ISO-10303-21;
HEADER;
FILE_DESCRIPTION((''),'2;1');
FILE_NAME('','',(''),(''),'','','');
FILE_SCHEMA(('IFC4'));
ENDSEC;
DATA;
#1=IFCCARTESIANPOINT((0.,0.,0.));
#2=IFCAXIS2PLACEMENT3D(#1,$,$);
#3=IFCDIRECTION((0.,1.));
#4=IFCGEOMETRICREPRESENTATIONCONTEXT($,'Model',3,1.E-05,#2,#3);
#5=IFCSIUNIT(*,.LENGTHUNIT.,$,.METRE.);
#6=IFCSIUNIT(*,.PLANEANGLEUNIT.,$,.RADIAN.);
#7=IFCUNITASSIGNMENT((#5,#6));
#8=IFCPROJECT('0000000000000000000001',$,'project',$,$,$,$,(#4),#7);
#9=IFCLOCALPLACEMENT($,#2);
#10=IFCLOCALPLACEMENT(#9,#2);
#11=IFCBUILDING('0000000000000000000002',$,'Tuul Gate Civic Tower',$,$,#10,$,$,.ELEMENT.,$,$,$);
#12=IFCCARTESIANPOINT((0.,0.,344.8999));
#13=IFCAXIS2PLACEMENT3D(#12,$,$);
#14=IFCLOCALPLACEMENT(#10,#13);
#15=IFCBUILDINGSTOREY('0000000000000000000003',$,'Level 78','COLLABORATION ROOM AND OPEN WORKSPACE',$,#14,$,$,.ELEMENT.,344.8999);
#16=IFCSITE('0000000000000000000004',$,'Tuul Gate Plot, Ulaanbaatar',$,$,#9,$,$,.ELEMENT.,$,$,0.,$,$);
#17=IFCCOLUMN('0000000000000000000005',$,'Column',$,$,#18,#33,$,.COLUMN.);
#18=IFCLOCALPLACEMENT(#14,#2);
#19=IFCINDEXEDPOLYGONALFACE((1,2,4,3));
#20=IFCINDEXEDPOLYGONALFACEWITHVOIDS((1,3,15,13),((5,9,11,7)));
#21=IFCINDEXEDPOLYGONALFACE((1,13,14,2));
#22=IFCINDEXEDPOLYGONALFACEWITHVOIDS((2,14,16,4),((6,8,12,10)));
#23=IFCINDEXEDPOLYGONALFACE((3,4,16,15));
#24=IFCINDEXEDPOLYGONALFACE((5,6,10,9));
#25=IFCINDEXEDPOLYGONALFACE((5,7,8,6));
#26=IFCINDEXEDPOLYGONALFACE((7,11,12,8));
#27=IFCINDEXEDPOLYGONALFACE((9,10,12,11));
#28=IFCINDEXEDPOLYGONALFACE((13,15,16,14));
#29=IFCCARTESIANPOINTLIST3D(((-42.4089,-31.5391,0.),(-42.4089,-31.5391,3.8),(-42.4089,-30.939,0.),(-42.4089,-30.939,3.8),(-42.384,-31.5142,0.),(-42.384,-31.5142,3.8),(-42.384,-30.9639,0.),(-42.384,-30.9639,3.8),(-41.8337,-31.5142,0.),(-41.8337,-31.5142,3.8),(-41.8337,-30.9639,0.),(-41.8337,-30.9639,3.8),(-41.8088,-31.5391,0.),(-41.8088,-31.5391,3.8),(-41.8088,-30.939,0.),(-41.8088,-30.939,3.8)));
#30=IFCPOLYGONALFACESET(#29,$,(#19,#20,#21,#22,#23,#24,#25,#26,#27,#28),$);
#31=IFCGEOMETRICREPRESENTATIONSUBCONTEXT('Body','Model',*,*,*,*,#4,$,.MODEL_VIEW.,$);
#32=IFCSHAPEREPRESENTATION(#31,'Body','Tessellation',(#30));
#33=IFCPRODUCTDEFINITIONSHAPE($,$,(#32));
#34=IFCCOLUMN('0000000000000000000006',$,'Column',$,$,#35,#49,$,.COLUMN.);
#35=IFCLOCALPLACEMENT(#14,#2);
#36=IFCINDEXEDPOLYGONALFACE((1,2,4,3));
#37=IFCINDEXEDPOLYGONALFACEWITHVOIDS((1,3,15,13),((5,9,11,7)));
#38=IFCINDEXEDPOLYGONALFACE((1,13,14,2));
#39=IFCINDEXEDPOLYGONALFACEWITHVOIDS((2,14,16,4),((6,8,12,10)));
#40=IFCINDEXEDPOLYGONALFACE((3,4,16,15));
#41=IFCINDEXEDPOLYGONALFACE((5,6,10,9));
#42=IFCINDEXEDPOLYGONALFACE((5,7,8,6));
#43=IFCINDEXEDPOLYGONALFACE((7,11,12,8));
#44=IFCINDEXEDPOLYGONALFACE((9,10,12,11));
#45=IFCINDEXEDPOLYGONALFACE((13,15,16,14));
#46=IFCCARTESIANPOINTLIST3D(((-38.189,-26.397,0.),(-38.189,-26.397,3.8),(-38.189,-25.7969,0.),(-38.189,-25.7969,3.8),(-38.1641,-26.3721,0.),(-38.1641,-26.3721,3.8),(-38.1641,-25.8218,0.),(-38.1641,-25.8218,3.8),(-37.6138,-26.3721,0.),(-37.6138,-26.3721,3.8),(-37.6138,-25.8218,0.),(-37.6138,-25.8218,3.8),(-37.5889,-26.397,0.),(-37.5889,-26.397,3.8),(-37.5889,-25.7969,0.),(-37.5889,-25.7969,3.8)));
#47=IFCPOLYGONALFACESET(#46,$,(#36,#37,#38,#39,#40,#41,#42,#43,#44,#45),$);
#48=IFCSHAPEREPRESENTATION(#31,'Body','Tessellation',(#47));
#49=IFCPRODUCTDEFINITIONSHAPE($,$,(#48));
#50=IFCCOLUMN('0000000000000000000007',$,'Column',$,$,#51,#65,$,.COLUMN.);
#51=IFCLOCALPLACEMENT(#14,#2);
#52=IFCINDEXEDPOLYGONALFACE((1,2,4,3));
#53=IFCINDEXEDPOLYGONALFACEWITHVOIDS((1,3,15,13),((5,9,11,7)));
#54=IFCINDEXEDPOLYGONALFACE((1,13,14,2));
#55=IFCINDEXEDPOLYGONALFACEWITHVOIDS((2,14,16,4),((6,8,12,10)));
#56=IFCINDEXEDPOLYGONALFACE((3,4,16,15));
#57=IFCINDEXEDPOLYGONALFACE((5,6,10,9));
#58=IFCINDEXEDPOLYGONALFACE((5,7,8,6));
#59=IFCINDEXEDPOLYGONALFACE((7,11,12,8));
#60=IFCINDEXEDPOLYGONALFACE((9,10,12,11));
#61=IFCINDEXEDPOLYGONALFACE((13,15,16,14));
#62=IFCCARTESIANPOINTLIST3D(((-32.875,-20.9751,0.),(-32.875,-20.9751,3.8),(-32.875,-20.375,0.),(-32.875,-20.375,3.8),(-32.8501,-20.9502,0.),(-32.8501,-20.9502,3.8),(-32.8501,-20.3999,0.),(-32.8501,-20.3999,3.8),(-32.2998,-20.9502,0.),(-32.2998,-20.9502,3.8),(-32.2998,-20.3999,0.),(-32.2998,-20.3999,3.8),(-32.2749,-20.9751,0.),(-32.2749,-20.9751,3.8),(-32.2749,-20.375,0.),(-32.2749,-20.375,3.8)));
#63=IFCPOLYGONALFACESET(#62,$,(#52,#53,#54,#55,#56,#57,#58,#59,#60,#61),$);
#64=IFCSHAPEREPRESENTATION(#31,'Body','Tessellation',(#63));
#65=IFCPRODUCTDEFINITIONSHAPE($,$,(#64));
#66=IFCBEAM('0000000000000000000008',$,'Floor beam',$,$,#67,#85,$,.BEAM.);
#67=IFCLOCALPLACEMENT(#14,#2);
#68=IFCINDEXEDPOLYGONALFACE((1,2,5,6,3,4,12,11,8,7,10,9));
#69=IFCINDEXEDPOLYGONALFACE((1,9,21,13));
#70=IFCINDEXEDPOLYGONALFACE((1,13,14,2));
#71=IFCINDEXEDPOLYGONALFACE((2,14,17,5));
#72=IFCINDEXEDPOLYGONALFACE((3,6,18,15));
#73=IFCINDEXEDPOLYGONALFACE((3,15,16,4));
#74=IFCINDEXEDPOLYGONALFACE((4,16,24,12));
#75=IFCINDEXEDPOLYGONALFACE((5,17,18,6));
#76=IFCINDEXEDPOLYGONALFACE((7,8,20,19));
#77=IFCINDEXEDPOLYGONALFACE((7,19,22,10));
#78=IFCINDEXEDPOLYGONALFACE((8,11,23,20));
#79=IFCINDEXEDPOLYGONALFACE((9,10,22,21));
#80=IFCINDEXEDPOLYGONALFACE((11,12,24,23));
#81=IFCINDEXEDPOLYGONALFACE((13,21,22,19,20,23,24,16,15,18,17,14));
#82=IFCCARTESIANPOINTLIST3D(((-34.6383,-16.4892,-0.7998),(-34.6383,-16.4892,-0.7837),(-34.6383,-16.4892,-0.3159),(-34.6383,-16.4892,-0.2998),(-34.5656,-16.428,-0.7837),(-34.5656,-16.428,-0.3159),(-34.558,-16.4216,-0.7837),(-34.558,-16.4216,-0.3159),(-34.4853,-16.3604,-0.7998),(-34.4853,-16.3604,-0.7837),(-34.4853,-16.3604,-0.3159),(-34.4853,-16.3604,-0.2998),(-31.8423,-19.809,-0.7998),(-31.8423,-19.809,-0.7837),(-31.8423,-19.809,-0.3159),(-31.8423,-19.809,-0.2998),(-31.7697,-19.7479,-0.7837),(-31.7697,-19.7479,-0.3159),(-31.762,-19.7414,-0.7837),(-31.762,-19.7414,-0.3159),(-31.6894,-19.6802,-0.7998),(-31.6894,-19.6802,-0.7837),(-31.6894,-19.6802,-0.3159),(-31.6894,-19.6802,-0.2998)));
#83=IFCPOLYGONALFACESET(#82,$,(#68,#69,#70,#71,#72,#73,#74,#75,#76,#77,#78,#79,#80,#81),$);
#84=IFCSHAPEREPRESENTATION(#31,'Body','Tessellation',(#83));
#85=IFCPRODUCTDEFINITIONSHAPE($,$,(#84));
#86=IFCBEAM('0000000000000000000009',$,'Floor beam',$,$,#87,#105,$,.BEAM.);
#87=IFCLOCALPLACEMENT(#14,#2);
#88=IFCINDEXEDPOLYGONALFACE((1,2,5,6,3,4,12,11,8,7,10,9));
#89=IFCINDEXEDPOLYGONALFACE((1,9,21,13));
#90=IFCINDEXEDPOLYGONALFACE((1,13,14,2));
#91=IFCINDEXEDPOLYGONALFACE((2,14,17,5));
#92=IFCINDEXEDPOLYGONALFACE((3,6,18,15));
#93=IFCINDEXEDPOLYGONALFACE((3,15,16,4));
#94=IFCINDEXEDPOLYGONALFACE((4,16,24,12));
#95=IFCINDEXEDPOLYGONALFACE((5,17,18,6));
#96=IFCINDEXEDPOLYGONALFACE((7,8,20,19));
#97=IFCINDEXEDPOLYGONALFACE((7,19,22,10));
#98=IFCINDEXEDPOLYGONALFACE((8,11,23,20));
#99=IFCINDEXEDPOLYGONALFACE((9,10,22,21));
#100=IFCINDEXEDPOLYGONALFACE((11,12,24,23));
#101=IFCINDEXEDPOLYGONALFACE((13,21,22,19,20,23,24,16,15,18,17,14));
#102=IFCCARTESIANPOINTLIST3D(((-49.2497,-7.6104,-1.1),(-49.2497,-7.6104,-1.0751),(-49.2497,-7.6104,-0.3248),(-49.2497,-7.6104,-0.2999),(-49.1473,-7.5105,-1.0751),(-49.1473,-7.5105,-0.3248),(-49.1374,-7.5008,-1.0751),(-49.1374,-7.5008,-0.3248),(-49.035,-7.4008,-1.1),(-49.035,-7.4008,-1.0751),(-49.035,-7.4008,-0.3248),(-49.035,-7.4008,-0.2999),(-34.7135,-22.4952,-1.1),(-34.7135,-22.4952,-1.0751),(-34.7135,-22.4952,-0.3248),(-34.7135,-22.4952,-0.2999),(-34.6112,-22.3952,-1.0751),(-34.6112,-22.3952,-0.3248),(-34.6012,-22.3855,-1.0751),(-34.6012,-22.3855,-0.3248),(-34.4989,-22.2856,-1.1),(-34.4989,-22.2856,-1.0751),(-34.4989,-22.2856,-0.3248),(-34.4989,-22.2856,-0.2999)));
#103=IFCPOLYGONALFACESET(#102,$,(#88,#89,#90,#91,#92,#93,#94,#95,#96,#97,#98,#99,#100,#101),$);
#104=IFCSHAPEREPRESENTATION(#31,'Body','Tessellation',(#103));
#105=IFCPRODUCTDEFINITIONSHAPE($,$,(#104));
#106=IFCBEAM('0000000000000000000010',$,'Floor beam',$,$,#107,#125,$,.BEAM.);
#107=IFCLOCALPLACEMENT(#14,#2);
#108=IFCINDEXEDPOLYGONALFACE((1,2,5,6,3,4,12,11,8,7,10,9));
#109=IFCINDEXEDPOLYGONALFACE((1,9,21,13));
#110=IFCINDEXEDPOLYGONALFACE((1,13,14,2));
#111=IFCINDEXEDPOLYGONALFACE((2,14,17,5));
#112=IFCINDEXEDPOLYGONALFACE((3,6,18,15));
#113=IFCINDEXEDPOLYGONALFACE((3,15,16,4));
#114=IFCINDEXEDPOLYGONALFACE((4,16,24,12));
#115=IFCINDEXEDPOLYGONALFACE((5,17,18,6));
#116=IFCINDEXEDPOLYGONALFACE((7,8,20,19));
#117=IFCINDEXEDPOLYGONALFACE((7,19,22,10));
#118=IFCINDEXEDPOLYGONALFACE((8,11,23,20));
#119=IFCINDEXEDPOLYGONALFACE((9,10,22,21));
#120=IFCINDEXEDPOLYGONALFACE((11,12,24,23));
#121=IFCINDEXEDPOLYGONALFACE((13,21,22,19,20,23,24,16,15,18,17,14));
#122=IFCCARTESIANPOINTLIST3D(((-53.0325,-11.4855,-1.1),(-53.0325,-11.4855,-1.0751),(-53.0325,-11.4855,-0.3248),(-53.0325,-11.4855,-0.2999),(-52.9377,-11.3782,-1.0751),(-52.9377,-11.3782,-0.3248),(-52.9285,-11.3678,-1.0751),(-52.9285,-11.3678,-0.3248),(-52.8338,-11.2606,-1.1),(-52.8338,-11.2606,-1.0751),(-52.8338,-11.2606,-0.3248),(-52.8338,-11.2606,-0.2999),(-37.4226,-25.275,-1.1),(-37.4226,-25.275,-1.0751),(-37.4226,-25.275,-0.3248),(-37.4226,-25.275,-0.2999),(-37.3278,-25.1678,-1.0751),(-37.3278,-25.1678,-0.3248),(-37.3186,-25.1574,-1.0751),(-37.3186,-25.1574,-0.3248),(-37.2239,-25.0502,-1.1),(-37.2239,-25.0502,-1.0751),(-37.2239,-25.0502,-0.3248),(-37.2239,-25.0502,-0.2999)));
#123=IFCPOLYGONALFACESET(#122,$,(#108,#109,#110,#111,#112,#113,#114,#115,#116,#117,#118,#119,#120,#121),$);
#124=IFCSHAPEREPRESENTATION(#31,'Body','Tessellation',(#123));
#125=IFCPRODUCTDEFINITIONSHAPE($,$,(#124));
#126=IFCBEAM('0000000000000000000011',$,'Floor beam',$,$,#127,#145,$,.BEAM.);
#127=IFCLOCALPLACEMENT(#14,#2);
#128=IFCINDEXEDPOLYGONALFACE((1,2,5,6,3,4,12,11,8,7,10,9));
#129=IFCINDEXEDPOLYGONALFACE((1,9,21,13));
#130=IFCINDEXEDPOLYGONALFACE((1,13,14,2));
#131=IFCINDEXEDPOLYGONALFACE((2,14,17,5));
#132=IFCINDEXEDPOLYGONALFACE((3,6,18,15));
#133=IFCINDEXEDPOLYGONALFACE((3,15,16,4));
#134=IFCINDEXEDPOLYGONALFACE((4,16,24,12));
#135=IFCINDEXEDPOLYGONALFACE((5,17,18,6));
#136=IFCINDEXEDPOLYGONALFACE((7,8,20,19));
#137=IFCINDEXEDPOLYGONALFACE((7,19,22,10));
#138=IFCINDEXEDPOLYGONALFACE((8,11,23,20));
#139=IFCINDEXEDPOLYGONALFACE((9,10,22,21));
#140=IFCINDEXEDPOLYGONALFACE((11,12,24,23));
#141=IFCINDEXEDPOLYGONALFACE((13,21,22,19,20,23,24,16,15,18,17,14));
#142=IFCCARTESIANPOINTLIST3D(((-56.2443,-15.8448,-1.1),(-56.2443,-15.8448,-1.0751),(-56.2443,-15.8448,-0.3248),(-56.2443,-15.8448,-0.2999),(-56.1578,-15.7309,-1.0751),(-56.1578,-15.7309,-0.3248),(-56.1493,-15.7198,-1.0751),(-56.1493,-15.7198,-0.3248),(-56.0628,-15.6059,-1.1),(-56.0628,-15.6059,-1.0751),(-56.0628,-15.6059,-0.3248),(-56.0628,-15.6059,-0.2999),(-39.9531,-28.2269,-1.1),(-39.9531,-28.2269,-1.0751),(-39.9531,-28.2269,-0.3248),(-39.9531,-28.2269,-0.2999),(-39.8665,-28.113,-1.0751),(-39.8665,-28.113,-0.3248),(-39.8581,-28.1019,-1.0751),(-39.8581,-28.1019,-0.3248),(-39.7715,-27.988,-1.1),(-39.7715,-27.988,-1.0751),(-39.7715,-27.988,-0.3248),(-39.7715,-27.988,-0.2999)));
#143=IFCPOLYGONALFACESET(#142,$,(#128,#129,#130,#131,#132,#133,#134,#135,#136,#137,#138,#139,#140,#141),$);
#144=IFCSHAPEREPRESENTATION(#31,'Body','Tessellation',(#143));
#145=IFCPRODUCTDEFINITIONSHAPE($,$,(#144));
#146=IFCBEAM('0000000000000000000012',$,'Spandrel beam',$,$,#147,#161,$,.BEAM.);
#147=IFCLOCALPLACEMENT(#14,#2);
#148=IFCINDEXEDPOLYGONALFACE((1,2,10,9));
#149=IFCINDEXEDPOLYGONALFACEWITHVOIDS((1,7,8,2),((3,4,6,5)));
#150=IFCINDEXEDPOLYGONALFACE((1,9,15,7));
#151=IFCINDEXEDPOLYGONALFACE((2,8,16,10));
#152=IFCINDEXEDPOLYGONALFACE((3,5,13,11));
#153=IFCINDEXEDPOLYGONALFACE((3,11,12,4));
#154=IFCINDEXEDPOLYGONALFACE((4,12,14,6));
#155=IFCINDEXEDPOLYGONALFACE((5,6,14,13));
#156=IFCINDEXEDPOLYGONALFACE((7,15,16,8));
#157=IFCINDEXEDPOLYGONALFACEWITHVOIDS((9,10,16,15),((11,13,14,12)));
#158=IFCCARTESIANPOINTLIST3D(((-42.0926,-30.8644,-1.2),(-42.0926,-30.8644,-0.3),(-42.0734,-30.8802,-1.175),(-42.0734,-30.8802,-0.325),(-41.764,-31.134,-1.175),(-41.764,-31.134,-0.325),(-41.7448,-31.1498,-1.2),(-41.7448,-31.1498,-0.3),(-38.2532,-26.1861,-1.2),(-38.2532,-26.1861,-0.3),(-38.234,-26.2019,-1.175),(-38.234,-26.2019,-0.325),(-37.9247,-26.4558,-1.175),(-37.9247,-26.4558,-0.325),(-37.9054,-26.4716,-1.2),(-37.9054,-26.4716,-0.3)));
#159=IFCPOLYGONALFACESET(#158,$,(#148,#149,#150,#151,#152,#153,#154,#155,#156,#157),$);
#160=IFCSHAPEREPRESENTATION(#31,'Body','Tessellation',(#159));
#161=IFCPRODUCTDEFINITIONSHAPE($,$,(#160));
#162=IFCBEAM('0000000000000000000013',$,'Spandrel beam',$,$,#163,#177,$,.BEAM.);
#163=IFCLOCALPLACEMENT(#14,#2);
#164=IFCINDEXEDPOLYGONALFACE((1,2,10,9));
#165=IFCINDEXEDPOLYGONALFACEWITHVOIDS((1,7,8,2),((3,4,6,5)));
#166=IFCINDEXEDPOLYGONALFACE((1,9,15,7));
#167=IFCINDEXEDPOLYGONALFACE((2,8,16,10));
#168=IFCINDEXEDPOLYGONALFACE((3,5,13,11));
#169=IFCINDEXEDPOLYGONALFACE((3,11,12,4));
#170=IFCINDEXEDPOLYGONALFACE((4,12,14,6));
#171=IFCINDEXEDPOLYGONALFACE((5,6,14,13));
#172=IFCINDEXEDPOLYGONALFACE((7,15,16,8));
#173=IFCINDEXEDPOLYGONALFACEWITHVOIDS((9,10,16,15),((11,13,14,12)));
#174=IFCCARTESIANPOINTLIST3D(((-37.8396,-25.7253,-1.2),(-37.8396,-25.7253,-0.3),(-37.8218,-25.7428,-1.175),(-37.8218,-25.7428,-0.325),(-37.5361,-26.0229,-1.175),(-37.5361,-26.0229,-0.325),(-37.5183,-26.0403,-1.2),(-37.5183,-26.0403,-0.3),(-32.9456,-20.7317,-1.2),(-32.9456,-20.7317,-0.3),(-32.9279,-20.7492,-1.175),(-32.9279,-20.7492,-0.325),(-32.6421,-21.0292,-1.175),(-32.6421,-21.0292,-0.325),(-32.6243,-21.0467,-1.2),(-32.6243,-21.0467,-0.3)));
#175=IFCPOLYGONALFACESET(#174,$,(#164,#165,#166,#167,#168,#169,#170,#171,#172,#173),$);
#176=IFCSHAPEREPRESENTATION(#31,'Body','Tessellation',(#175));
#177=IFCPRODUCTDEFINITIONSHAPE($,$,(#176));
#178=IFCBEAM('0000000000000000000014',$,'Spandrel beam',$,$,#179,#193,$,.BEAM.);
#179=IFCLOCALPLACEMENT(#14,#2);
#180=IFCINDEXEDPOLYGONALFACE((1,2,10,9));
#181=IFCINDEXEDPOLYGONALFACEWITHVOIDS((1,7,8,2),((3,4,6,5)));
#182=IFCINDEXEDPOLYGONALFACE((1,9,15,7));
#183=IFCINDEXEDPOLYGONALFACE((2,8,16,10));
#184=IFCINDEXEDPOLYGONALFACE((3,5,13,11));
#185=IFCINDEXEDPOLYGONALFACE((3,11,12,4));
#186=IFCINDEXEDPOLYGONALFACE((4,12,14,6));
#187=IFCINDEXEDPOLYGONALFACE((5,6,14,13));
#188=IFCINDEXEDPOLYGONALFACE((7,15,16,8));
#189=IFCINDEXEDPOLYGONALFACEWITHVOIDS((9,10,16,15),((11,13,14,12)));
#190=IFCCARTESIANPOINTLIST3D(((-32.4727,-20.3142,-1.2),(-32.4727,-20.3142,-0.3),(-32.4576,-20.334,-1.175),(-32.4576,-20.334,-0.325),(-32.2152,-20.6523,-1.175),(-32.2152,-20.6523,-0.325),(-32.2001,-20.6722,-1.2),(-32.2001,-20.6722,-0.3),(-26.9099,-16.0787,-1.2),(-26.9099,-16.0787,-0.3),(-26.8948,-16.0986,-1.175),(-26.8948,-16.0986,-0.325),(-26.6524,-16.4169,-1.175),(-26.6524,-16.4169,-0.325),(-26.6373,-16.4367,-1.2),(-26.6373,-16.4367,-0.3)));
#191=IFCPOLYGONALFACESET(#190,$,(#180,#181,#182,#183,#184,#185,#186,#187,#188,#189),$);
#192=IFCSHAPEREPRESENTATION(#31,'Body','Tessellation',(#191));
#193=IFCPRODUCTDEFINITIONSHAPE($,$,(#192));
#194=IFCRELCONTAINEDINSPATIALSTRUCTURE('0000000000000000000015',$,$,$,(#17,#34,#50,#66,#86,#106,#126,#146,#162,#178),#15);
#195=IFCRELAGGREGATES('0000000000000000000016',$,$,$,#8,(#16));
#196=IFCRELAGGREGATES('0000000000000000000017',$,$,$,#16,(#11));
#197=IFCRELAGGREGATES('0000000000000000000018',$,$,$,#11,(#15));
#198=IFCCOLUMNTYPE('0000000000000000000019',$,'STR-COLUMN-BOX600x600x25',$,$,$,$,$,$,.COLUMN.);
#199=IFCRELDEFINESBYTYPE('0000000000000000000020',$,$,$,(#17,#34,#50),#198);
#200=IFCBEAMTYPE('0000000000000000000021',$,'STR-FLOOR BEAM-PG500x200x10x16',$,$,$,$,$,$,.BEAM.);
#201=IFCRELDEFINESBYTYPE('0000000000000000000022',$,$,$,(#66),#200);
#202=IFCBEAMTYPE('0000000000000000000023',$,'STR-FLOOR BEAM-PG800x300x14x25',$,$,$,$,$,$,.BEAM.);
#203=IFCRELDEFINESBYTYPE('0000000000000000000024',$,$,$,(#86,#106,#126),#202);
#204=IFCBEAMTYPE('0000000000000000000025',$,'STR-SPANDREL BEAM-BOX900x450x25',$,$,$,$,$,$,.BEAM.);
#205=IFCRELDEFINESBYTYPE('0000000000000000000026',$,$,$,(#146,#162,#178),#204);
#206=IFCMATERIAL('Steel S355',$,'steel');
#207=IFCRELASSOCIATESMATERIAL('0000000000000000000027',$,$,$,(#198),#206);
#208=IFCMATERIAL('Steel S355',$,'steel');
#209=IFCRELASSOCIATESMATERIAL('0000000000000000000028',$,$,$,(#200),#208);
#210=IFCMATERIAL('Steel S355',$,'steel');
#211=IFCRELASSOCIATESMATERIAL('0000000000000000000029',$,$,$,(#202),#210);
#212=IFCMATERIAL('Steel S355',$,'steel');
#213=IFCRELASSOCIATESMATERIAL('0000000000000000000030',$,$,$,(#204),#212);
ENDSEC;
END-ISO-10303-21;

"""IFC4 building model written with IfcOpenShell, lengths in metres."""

from ifc_helpers import new_model, si_unit, direction, frame, origin, origin_2d, place, context, subcontext, project, spatial, hollow_rectangle, i_section, extrude, material, material_profile, profile_set, type_object, element, save


model = new_model("IFC4")

# Units and contexts
model_context = context("Model", 3, precision=1e-05, world=origin(), true_north=direction((0.0, 1.0)))
body_context = subcontext(model_context, "Body", "Model", "MODEL_VIEW")
ifc_project = project(units=[si_unit("LENGTHUNIT", "METRE"), si_unit("PLANEANGLEUNIT", "RADIAN")], contexts=[model_context])

# Site, building, storey
site_placement = place(None, origin())
site = spatial("IfcSite", under=ifc_project, at=site_placement, Name="Tuul Gate Plot, Ulaanbaatar", CompositionType="ELEMENT", RefElevation=0.0)
building_placement = place(site_placement, origin())
building = spatial("IfcBuilding", under=site, at=building_placement, Name="Tuul Gate Civic Tower", CompositionType="ELEMENT")
storey_placement = place(building_placement, frame((0.0, 0.0, 344.8999)))
storey = spatial("IfcBuildingStorey", under=building, at=storey_placement, Name="Level 78", Description="COLLABORATION ROOM AND OPEN WORKSPACE", CompositionType="ELEMENT", Elevation=344.8999)

# Columns
ifc_material_1 = material(Name="Steel S355", Category="steel")
ifc_material_profile_1 = material_profile(ifc_material_1, hollow_rectangle(XDim=0.6001, YDim=0.6001, WallThickness=0.0249, at=origin_2d()), Name="BOX600x600x25")
ifc_profile_set_1 = profile_set([ifc_material_profile_1], Name="Steel S355")
column_type = type_object("IfcColumnType", Name="STR-COLUMN-BOX600x600x25", PredefinedType="COLUMN", material=ifc_profile_set_1)
for number, where, z_axis, x_axis, name in (
    (1, (-42.1089, -31.239, 0.0), (0.0, 0.0, 1.0), (1.0, 0.0, 0.0), "Column"),
    (2, (-37.8889, -26.0969, 0.0), (0.0, 0.0, 1.0), (1.0, 0.0, 0.0), "Column"),
    (3, (-32.575, -20.675, 0.0), (0.0, 0.0, 1.0), (1.0, 0.0, 0.0), "Column"),
):
    element("IfcColumn", number, at=place(storey_placement, frame(where, z_axis=z_axis, x_axis=x_axis)), inside=storey, type_object=column_type, Name=name, PredefinedType="COLUMN", context=body_context, shape_type="SweptSolid", body=[
        extrude(hollow_rectangle(XDim=0.6001, YDim=0.6001, WallThickness=0.0249, at=origin_2d()), origin(), (0.0, 0.0, 1.0), 3.8),
    ])

# Beams
ifc_material_2 = material(Name="Steel S355", Category="steel")
ifc_material_profile_2 = material_profile(ifc_material_2, i_section(OverallWidth=0.2, OverallDepth=0.5, WebThickness=0.01, FlangeThickness=0.0161, at=origin_2d()), Name="PG500x200x10x16")
ifc_profile_set_2 = profile_set([ifc_material_profile_2], Name="Steel S355")
beam_type_1 = type_object("IfcBeamType", Name="STR-FLOOR BEAM-PG500x200x10x16", PredefinedType="BEAM", material=ifc_profile_set_2)
beam_1_placement = place(storey_placement, frame((-31.7659, -19.7446, -0.5498), z_axis=(-0.64417, 0.764882, 0.0), x_axis=(-0.764882, -0.64417, 0.0)))
element("IfcBeam", 4, at=beam_1_placement, inside=storey, type_object=beam_type_1, Name="Floor beam", PredefinedType="BEAM", context=body_context, shape_type="SweptSolid", body=[
    extrude(i_section(OverallWidth=0.2, OverallDepth=0.5, WebThickness=0.01, FlangeThickness=0.0161, at=origin_2d()), origin(), (0.0, 0.0, 1.0), 4.3403),
])
ifc_material_3 = material(Name="Steel S355", Category="steel")
ifc_material_profile_3 = material_profile(ifc_material_3, i_section(OverallWidth=0.3, OverallDepth=0.8, WebThickness=0.0139, FlangeThickness=0.0249, at=origin_2d()), Name="PG800x300x14x25")
ifc_profile_set_3 = profile_set([ifc_material_profile_3], Name="Steel S355")
beam_type_2 = type_object("IfcBeamType", Name="STR-FLOOR BEAM-PG800x300x14x25", PredefinedType="BEAM", material=ifc_profile_set_3)
beam_2_placement = place(storey_placement, frame((-34.6062, -22.3904, -0.7), z_axis=(-0.698679, 0.715436, 0.0), x_axis=(-0.715436, -0.698679, 0.0)))
element("IfcBeam", 5, at=beam_2_placement, inside=storey, type_object=beam_type_2, Name="Floor beam", PredefinedType="BEAM", context=body_context, shape_type="SweptSolid", body=[
    extrude(i_section(OverallWidth=0.3, OverallDepth=0.8, WebThickness=0.0139, FlangeThickness=0.0249, at=origin_2d()), origin(), (0.0, 0.0, 1.0), 20.8052),
])
beam_3_placement = place(storey_placement, frame((-37.3232, -25.1626, -0.7), z_axis=(-0.749453, 0.662057, 0.0), x_axis=(-0.662057, -0.749453, 0.0)))
element("IfcBeam", 6, at=beam_3_placement, inside=storey, type_object=beam_type_2, Name="Floor beam", PredefinedType="BEAM", context=body_context, shape_type="SweptSolid", body=[
    extrude(i_section(OverallWidth=0.3, OverallDepth=0.8, WebThickness=0.0139, FlangeThickness=0.0249, at=origin_2d()), origin(), (0.0, 0.0, 1.0), 20.8284),
])
beam_4_placement = place(storey_placement, frame((-39.8623, -28.1074, -0.7), z_axis=(-0.796145, 0.605106, 0.0), x_axis=(-0.605106, -0.796145, 0.0)))
element("IfcBeam", 7, at=beam_4_placement, inside=storey, type_object=beam_type_2, Name="Floor beam", PredefinedType="BEAM", context=body_context, shape_type="SweptSolid", body=[
    extrude(i_section(OverallWidth=0.3, OverallDepth=0.8, WebThickness=0.0139, FlangeThickness=0.0249, at=origin_2d()), origin(), (0.0, 0.0, 1.0), 20.4626),
])
ifc_material_4 = material(Name="Steel S355", Category="steel")
ifc_material_profile_4 = material_profile(ifc_material_4, hollow_rectangle(XDim=0.45, YDim=0.8999, WallThickness=0.0249, at=origin_2d()), Name="BOX900x450x25")
ifc_profile_set_4 = profile_set([ifc_material_profile_4], Name="Steel S355")
beam_type_3 = type_object("IfcBeamType", Name="STR-SPANDREL BEAM-BOX900x450x25", PredefinedType="BEAM", material=ifc_profile_set_4)
beam_5_placement = place(storey_placement, frame((-41.9187, -31.0071, -0.75), z_axis=(0.634397, 0.773007, 0.0), x_axis=(-0.773007, 0.634397, 0.0)))
element("IfcBeam", 8, at=beam_5_placement, inside=storey, type_object=beam_type_3, Name="Spandrel beam", PredefinedType="BEAM", context=body_context, shape_type="SweptSolid", body=[
    extrude(hollow_rectangle(XDim=0.45, YDim=0.8999, WallThickness=0.0249, at=origin_2d()), origin(), (0.0, 0.0, 1.0), 6.052),
])
beam_6_placement = place(storey_placement, frame((-37.679, -25.8828, -0.75), z_axis=(0.699948, 0.714194, 0.0), x_axis=(-0.714194, 0.699948, 0.0)))
element("IfcBeam", 9, at=beam_6_placement, inside=storey, type_object=beam_type_3, Name="Spandrel beam", PredefinedType="BEAM", context=body_context, shape_type="SweptSolid", body=[
    extrude(hollow_rectangle(XDim=0.45, YDim=0.8999, WallThickness=0.0249, at=origin_2d()), origin(), (0.0, 0.0, 1.0), 6.9919),
])
beam_7_placement = place(storey_placement, frame((-32.3364, -20.4932, -0.75), z_axis=(0.795634, 0.605778, 0.0), x_axis=(-0.605778, 0.795634, 0.0)))
element("IfcBeam", 10, at=beam_7_placement, inside=storey, type_object=beam_type_3, Name="Spandrel beam", PredefinedType="BEAM", context=body_context, shape_type="SweptSolid", body=[
    extrude(hollow_rectangle(XDim=0.45, YDim=0.8999, WallThickness=0.0249, at=origin_2d()), origin(), (0.0, 0.0, 1.0), 6.9917),
])

save(model, "model.ifc")
